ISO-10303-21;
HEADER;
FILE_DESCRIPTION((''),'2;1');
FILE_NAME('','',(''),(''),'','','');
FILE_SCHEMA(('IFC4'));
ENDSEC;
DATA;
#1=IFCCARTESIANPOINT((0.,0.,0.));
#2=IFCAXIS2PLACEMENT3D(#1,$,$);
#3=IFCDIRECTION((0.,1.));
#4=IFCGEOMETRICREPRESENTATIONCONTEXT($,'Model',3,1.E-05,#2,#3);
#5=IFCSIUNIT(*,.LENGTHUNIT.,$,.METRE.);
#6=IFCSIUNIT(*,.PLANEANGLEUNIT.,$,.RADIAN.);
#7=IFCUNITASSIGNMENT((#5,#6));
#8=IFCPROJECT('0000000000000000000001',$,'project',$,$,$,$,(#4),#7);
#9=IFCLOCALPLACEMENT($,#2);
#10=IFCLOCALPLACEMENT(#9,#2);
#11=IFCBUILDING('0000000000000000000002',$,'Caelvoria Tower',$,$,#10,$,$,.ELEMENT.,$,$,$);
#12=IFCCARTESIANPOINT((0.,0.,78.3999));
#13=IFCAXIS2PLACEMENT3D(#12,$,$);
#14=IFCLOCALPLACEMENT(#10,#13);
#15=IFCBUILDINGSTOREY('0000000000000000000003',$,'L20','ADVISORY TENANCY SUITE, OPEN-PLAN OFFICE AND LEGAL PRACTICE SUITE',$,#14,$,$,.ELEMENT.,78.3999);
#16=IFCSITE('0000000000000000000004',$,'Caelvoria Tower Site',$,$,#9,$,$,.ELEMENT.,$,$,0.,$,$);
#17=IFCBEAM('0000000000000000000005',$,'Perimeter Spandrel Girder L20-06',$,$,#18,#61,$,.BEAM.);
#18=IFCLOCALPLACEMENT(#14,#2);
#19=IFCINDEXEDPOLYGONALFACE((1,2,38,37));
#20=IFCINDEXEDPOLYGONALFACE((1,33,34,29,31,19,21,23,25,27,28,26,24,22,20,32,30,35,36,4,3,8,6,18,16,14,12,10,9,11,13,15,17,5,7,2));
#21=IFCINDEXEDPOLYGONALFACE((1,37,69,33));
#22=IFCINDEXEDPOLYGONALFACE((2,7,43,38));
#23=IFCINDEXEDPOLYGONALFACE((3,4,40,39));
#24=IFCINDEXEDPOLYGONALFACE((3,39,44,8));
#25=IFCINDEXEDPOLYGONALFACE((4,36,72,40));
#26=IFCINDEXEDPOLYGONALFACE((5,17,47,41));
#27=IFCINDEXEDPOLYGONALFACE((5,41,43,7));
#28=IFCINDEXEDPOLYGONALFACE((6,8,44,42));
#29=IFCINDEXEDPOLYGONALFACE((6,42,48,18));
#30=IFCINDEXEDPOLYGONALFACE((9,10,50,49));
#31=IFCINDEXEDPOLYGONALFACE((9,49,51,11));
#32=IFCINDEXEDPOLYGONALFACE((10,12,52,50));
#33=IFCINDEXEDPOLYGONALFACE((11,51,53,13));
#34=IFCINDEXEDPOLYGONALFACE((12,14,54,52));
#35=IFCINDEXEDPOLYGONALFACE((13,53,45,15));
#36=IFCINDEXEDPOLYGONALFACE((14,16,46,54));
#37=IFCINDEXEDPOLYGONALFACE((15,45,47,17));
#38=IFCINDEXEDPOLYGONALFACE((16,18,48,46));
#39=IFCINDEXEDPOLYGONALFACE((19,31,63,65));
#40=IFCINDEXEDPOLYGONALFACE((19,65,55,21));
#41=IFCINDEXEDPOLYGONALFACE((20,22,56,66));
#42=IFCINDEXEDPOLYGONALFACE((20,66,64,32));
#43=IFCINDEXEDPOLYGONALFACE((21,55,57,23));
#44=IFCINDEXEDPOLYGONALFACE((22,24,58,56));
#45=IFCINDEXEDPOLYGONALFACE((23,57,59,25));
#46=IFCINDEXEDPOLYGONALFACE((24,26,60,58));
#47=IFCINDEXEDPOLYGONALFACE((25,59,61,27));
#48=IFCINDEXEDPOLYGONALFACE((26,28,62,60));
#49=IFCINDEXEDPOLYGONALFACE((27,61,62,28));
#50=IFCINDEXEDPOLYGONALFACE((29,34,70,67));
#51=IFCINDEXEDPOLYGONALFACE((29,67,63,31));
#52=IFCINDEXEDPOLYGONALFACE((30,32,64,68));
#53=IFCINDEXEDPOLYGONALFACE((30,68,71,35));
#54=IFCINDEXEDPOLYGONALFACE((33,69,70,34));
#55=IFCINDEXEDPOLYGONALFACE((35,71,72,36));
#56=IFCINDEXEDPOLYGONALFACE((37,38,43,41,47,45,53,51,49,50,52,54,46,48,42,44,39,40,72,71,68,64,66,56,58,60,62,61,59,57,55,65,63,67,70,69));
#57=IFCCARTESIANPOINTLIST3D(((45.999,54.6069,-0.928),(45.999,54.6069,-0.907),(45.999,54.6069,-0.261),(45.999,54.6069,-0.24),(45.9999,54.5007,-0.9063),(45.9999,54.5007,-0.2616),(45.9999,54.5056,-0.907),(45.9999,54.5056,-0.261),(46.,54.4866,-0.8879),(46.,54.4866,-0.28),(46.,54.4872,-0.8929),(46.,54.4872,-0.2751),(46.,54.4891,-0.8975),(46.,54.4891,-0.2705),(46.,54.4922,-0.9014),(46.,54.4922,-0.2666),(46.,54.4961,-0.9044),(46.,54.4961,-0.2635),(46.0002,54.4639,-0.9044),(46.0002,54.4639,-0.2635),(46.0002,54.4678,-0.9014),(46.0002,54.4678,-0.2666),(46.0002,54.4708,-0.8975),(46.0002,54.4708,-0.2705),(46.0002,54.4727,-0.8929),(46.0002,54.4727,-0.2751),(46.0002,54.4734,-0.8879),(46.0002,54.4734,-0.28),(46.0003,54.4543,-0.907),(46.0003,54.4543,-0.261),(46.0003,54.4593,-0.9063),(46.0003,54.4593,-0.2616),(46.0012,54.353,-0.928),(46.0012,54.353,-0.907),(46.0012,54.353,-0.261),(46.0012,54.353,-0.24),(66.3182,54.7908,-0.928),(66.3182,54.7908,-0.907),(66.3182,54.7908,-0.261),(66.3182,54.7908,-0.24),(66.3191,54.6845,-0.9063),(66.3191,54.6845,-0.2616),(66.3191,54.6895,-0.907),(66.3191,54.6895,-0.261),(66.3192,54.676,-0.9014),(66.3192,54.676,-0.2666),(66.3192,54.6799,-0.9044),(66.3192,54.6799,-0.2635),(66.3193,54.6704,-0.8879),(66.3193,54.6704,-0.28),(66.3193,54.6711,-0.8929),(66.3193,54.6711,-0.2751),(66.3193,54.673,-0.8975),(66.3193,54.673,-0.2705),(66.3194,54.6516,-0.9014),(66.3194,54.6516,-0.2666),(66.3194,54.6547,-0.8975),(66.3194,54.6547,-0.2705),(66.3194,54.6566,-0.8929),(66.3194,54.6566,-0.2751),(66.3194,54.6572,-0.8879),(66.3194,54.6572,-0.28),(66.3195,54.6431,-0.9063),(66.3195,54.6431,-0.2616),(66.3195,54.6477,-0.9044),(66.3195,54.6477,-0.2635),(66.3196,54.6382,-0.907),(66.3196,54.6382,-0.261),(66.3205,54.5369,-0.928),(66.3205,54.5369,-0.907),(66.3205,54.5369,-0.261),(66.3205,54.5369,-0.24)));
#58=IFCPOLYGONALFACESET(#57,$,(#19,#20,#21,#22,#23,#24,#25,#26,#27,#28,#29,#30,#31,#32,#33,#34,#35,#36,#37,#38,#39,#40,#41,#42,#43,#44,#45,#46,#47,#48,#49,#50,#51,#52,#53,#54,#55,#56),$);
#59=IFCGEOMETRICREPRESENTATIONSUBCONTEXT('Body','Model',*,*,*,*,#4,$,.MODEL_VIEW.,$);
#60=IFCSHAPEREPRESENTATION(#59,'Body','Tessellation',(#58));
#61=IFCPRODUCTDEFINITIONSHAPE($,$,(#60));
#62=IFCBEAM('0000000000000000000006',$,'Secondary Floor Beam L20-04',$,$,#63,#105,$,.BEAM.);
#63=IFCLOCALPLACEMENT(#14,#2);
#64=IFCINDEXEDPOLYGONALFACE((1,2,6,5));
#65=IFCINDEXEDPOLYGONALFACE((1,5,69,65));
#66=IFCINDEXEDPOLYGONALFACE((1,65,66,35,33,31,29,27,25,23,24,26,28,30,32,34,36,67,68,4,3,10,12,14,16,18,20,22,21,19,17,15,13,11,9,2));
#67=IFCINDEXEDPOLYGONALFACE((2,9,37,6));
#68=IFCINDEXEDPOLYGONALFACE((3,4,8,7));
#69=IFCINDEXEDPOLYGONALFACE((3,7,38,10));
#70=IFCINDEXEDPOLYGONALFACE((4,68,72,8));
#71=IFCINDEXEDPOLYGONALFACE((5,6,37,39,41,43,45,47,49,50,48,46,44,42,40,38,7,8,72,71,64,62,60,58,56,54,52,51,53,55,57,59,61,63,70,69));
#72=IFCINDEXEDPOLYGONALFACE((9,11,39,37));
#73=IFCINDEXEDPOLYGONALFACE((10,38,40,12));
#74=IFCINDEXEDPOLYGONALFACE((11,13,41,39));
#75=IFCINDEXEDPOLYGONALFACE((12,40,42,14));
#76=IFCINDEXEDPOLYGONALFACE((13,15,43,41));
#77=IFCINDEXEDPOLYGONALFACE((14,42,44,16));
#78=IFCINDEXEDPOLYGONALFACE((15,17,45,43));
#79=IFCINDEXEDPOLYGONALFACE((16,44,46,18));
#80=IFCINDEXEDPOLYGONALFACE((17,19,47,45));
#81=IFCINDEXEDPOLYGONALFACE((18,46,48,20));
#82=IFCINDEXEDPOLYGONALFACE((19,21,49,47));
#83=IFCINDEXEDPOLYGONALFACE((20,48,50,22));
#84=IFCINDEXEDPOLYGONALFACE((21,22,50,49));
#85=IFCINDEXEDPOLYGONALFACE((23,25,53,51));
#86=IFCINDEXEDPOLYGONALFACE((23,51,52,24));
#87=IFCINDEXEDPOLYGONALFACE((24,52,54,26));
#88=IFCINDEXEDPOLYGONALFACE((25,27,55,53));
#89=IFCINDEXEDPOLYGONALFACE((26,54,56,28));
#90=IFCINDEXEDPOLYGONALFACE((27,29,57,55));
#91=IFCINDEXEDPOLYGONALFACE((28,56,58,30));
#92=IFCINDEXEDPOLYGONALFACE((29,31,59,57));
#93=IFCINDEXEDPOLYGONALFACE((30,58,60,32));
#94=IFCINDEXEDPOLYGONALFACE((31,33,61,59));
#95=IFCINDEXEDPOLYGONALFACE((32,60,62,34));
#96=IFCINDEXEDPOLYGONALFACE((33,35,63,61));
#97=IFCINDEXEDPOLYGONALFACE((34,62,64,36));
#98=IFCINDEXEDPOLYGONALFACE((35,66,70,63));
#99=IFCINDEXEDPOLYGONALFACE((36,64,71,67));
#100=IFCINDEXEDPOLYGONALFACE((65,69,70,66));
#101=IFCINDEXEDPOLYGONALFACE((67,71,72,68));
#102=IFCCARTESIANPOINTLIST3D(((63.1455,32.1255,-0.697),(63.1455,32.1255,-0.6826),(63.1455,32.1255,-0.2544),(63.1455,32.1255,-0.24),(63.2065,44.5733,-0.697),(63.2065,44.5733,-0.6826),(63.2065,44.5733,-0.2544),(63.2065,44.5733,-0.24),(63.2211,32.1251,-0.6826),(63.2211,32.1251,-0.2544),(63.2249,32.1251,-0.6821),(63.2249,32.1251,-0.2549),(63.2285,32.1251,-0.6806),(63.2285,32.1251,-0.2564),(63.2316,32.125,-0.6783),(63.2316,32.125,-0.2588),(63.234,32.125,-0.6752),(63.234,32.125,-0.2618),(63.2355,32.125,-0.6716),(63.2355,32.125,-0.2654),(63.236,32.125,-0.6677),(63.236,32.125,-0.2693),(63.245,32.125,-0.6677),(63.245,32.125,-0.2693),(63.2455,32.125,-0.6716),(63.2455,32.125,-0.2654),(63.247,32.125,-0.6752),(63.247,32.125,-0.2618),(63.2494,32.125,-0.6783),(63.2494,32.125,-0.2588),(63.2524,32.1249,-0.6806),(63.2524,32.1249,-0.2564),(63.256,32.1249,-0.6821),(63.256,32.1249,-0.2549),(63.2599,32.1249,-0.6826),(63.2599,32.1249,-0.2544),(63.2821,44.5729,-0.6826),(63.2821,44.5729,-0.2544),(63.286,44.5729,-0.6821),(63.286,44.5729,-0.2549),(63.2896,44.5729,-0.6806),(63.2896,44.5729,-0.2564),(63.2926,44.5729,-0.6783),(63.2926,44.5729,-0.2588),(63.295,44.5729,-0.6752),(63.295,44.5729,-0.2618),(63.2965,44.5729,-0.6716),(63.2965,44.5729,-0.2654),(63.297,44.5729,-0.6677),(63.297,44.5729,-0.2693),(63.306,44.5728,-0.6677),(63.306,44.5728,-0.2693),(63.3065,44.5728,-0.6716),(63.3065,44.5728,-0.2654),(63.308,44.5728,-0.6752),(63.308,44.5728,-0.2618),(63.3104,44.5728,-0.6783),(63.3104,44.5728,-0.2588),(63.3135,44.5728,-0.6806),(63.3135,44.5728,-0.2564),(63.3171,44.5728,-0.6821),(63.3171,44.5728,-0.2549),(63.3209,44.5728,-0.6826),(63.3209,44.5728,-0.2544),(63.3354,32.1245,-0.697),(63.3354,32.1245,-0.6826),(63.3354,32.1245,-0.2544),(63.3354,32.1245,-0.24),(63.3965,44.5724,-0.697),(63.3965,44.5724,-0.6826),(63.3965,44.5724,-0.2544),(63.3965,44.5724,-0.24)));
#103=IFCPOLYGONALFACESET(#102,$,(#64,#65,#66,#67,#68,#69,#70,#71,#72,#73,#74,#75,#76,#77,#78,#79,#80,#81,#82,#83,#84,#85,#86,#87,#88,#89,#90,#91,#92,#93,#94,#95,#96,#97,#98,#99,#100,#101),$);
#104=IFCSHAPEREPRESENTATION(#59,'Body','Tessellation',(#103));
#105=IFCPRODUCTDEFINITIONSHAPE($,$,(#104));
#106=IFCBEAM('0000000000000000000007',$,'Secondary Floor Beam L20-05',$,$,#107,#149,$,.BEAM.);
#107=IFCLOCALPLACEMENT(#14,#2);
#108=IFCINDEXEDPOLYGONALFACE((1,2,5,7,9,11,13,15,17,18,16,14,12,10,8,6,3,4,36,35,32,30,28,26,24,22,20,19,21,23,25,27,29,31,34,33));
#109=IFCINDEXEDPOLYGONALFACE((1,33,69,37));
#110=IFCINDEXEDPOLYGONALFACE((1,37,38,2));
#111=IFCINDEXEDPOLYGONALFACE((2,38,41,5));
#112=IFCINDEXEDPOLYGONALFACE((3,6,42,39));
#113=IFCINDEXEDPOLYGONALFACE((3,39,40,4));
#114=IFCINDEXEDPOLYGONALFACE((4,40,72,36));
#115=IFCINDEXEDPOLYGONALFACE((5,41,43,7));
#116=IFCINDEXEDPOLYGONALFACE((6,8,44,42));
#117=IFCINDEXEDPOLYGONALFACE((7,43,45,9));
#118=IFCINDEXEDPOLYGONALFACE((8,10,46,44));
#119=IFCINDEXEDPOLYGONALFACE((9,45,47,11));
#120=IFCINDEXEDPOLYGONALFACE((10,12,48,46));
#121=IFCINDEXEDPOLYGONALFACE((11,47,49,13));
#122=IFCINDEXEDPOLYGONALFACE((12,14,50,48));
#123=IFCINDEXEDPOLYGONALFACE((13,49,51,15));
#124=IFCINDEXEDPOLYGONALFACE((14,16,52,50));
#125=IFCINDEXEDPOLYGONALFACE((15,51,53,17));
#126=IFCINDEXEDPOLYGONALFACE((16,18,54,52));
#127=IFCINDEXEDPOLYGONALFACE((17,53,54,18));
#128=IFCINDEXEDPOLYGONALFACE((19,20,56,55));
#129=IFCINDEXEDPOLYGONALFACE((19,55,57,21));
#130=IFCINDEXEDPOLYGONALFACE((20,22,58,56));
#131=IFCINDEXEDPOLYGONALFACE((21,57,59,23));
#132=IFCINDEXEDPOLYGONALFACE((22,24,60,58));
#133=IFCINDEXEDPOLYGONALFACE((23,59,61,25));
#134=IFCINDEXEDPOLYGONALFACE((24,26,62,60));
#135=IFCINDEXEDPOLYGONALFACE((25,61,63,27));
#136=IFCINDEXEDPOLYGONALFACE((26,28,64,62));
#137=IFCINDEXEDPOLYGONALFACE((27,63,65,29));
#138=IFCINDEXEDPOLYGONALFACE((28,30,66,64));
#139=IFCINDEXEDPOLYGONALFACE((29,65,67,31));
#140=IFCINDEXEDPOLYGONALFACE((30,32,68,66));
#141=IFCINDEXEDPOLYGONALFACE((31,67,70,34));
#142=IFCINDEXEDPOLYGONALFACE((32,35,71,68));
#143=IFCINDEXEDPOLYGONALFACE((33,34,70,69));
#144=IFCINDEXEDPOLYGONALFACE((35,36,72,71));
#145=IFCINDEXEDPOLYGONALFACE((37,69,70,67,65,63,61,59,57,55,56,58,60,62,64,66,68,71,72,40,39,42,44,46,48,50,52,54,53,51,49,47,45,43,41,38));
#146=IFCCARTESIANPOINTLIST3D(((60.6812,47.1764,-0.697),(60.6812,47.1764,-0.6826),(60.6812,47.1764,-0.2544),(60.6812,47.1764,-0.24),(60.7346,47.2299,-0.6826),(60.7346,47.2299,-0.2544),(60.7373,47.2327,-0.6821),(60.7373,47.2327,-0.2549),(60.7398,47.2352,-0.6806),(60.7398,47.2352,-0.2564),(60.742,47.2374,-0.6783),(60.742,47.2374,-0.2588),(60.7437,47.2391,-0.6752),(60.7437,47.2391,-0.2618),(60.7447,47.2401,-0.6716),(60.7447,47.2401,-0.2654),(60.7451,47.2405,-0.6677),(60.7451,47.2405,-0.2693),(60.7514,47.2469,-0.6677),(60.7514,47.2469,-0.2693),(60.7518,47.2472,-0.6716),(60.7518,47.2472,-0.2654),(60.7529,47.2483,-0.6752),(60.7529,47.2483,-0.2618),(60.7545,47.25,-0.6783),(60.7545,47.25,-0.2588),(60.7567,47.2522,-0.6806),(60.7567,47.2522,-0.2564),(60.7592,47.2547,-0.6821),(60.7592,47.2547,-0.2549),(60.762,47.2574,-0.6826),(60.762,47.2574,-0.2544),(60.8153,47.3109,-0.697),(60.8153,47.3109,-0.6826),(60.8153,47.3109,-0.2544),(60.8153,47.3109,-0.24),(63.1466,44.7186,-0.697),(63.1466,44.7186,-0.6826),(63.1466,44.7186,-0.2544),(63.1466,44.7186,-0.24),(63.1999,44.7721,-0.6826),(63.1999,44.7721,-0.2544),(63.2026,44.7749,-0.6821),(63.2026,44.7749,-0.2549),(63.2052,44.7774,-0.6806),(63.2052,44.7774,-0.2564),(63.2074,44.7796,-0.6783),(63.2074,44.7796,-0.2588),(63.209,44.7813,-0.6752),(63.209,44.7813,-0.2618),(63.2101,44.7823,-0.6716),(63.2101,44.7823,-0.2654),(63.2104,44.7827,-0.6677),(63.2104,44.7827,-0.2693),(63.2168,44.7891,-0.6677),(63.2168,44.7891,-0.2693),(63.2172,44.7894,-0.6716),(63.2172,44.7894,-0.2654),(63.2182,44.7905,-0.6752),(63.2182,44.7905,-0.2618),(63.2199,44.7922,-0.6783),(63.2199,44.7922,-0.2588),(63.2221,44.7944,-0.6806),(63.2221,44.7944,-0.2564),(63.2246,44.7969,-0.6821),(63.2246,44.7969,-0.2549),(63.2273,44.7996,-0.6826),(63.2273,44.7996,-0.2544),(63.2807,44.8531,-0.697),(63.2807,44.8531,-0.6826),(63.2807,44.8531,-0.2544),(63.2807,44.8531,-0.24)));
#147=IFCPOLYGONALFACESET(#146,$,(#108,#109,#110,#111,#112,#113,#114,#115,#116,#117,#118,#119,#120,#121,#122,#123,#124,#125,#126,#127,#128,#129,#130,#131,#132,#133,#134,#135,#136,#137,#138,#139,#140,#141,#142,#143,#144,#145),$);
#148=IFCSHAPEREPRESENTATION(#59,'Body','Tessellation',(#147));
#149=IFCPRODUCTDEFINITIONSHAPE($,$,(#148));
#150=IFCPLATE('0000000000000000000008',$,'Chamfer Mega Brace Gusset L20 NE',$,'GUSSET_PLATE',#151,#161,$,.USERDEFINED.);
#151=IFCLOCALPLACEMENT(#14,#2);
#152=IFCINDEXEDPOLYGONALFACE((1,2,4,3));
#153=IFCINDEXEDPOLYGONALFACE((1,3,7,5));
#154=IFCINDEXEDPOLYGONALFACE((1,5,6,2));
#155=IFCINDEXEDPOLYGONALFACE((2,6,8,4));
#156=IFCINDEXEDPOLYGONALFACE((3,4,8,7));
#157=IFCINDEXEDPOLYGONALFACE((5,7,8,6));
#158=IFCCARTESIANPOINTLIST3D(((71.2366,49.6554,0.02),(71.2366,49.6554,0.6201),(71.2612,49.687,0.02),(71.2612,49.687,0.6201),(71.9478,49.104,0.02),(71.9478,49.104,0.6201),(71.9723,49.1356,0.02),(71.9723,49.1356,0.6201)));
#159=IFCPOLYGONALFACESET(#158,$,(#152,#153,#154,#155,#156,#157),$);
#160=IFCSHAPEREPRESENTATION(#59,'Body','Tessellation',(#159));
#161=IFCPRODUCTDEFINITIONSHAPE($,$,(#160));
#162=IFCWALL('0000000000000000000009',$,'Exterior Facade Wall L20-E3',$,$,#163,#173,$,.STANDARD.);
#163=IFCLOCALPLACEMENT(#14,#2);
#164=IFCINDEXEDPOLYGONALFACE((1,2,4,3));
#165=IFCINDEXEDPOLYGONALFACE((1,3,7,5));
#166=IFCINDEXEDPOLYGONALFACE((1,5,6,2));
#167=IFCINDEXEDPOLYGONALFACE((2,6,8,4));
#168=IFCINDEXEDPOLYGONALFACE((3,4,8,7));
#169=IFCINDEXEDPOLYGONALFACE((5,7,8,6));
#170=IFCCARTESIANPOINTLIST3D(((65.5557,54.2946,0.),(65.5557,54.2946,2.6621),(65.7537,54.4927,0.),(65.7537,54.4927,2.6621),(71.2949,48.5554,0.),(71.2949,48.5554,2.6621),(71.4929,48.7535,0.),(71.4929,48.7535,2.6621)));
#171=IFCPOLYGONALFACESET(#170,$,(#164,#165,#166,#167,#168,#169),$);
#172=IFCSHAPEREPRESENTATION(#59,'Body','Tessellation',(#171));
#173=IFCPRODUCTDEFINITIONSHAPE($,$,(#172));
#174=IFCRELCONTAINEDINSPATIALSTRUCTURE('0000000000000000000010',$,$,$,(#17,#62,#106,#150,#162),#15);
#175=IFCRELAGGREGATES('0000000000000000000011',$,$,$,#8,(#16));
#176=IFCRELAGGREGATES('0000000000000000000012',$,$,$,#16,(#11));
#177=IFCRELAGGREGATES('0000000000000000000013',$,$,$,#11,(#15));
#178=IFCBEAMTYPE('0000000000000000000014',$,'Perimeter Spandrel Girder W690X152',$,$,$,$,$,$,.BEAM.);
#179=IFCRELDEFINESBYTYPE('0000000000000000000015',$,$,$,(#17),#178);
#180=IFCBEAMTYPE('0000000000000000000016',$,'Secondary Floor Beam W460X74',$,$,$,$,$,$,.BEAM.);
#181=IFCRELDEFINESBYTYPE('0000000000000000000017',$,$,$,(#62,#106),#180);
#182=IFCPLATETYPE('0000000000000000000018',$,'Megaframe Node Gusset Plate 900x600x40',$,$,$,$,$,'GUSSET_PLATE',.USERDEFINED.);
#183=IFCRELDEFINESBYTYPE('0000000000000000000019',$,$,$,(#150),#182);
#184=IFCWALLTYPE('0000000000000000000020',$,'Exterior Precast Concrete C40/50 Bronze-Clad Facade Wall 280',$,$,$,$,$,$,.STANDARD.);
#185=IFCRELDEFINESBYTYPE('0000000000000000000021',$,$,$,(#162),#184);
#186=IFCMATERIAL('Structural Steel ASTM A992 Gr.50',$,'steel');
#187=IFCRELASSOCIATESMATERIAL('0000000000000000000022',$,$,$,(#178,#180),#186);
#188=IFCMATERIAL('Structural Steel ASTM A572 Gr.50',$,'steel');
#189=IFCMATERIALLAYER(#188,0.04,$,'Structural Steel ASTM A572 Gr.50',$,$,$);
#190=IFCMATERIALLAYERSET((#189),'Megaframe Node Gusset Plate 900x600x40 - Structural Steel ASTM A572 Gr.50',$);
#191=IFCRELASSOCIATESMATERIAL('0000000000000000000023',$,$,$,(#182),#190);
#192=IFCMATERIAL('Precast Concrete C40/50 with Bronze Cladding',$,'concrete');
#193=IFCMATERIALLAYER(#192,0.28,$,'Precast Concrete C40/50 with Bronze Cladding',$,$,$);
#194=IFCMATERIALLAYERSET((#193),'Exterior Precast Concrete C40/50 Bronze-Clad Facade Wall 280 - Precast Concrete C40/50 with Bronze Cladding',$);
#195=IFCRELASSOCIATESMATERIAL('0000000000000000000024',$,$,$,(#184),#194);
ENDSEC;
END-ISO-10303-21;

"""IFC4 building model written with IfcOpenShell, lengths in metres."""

from ifc_helpers import new_model, si_unit, direction, frame, frame_2d, origin, origin_2d, place, context, subcontext, project, spatial, rectangle, i_section, extrude, material, layer, layer_set, material_profile, profile_set, type_object, element, save


model = new_model("IFC4")

# Units and contexts
model_context = context("Model", 3, precision=1e-05, world=origin(), true_north=direction((0.0, 1.0)))
body_context = subcontext(model_context, "Body", "Model", "MODEL_VIEW")
ifc_project = project(units=[si_unit("LENGTHUNIT", "METRE"), si_unit("PLANEANGLEUNIT", "RADIAN")], contexts=[model_context])

# Site, building, storey
site_placement = place(None, origin())
site = spatial("IfcSite", under=ifc_project, at=site_placement, Name="Caelvoria Tower Site", CompositionType="ELEMENT", RefElevation=0.0)
building_placement = place(site_placement, origin())
building = spatial("IfcBuilding", under=site, at=building_placement, Name="Caelvoria Tower", CompositionType="ELEMENT")
storey_placement = place(building_placement, frame((0.0, 0.0, 78.3999)))
storey = spatial("IfcBuildingStorey", under=building, at=storey_placement, Name="L20", Description="ADVISORY TENANCY SUITE, OPEN-PLAN OFFICE AND LEGAL PRACTICE SUITE", CompositionType="ELEMENT", Elevation=78.3999)

# Shared definitions
ifc_material_1 = material(Name="Structural Steel ASTM A572 Gr.50", Category="steel")

# Beams
ifc_material_2 = material(Name="Structural Steel ASTM A992 Gr.50", Category="steel")
ifc_material_profile_1 = material_profile(ifc_material_2, i_section(OverallWidth=0.2539, OverallDepth=0.688, WebThickness=0.0132, FlangeThickness=0.021, FilletRadius=0.019, at=origin_2d()), Name="Structural Steel ASTM A992 Gr.50")
ifc_profile_set_1 = profile_set([ifc_material_profile_1], Name="W690X152 - Structural Steel ASTM A992 Gr.50")
beam_type_1 = type_object("IfcBeamType", Name="Perimeter Spandrel Girder W690X152", PredefinedType="BEAM", material=ifc_profile_set_1)
beam_1_placement = place(storey_placement, frame((66.3193, 54.6638, -0.584), z_axis=(-0.999959, -0.009047, 0.0), x_axis=(0.009047, -0.999959, 0.0)))
element("IfcBeam", 1, at=beam_1_placement, inside=storey, type_object=beam_type_1, Name="Perimeter Spandrel Girder L20-06", PredefinedType="BEAM", context=body_context, shape_type="SweptSolid", body=[
    extrude(i_section(OverallWidth=0.2539, OverallDepth=0.688, WebThickness=0.0132, FlangeThickness=0.021, FilletRadius=0.019, at=origin_2d()), origin(), (0.0, 0.0, 1.0), 20.3201),
])
ifc_material_profile_2 = material_profile(ifc_material_2, i_section(OverallWidth=0.1899, OverallDepth=0.457, WebThickness=0.009, FlangeThickness=0.0144, FilletRadius=0.0149, at=origin_2d()), Name="Structural Steel ASTM A992 Gr.50")
ifc_profile_set_2 = profile_set([ifc_material_profile_2], Name="W460X74 - Structural Steel ASTM A992 Gr.50")
beam_type_2 = type_object("IfcBeamType", Name="Secondary Floor Beam W460X74", PredefinedType="BEAM", material=ifc_profile_set_2)
beam_2_placement = place(storey_placement, frame((63.2405, 32.125, -0.4685), z_axis=(0.004903, 0.999988, 0.0), x_axis=(-0.999988, 0.004903, 0.0)))
element("IfcBeam", 2, at=beam_2_placement, inside=storey, type_object=beam_type_2, Name="Secondary Floor Beam L20-04", PredefinedType="BEAM", context=body_context, shape_type="SweptSolid", body=[
    extrude(i_section(OverallWidth=0.1899, OverallDepth=0.457, WebThickness=0.009, FlangeThickness=0.0144, FilletRadius=0.0149, at=origin_2d()), origin(), (0.0, 0.0, 1.0), 12.448),
])
beam_3_placement = place(storey_placement, frame((63.2136, 44.7859, -0.4685), z_axis=(-0.708193, 0.706019, 0.0), x_axis=(-0.706019, -0.708193, 0.0)))
element("IfcBeam", 3, at=beam_3_placement, inside=storey, type_object=beam_type_2, Name="Secondary Floor Beam L20-05", PredefinedType="BEAM", context=body_context, shape_type="SweptSolid", body=[
    extrude(i_section(OverallWidth=0.1899, OverallDepth=0.457, WebThickness=0.009, FlangeThickness=0.0144, FilletRadius=0.0149, at=origin_2d()), origin(), (0.0, 0.0, 1.0), 3.4812),
])

# Plate
ifc_layer_1 = layer(ifc_material_1, 0.04, Name="Structural Steel ASTM A572 Gr.50")
ifc_layer_set_1 = layer_set([ifc_layer_1], Name="Megaframe Node Gusset Plate 900x600x40 - Structural Steel ASTM A572 Gr.50")
plate_type = type_object("IfcPlateType", Name="Megaframe Node Gusset Plate 900x600x40", ElementType="GUSSET_PLATE", PredefinedType="USERDEFINED", material=ifc_layer_set_1)
plate_placement = place(storey_placement, frame((71.6045, 49.3955, 0.02), z_axis=(0.0, 0.0, 1.0), x_axis=(-0.790281, 0.612744, 0.0)))
element("IfcPlate", 4, at=plate_placement, inside=storey, type_object=plate_type, Name="Chamfer Mega Brace Gusset L20 NE", ObjectType="GUSSET_PLATE", PredefinedType="USERDEFINED", context=body_context, shape_type="SweptSolid", body=[
    extrude(rectangle(XDim=0.8999, YDim=0.04, at=origin_2d()), origin(), (0.0, 0.0, 1.0), 0.6001),
])

# Wall
ifc_material_3 = material(Name="Precast Concrete C40/50 with Bronze Cladding", Category="concrete")
ifc_layer_2 = layer(ifc_material_3, 0.28, Name="Precast Concrete C40/50 with Bronze Cladding")
ifc_layer_set_2 = layer_set([ifc_layer_2], Name="Exterior Precast Concrete C40/50 Bronze-Clad Facade Wall 280 - Precast Concrete C40/50 with Bronze Cladding")
wall_type = type_object("IfcWallType", Name="Exterior Precast Concrete C40/50 Bronze-Clad Facade Wall 280", PredefinedType="STANDARD", material=ifc_layer_set_2)
wall_1_placement = place(storey_placement, frame((71.3938, 48.6545, 0.0), z_axis=(0.0, 0.0, 1.0), x_axis=(-0.707107, 0.707107, 0.0)))
element("IfcWall", 5, at=wall_1_placement, inside=storey, type_object=wall_type, Name="Exterior Facade Wall L20-E3", PredefinedType="STANDARD", context=body_context, shape_type="SweptSolid", body=[
    extrude(rectangle(XDim=8.1165, YDim=0.28, at=frame_2d((4.0581, 0.0))), origin(), (0.0, 0.0, 1.0), 2.6621),
])

save(model, "model.ifc")
